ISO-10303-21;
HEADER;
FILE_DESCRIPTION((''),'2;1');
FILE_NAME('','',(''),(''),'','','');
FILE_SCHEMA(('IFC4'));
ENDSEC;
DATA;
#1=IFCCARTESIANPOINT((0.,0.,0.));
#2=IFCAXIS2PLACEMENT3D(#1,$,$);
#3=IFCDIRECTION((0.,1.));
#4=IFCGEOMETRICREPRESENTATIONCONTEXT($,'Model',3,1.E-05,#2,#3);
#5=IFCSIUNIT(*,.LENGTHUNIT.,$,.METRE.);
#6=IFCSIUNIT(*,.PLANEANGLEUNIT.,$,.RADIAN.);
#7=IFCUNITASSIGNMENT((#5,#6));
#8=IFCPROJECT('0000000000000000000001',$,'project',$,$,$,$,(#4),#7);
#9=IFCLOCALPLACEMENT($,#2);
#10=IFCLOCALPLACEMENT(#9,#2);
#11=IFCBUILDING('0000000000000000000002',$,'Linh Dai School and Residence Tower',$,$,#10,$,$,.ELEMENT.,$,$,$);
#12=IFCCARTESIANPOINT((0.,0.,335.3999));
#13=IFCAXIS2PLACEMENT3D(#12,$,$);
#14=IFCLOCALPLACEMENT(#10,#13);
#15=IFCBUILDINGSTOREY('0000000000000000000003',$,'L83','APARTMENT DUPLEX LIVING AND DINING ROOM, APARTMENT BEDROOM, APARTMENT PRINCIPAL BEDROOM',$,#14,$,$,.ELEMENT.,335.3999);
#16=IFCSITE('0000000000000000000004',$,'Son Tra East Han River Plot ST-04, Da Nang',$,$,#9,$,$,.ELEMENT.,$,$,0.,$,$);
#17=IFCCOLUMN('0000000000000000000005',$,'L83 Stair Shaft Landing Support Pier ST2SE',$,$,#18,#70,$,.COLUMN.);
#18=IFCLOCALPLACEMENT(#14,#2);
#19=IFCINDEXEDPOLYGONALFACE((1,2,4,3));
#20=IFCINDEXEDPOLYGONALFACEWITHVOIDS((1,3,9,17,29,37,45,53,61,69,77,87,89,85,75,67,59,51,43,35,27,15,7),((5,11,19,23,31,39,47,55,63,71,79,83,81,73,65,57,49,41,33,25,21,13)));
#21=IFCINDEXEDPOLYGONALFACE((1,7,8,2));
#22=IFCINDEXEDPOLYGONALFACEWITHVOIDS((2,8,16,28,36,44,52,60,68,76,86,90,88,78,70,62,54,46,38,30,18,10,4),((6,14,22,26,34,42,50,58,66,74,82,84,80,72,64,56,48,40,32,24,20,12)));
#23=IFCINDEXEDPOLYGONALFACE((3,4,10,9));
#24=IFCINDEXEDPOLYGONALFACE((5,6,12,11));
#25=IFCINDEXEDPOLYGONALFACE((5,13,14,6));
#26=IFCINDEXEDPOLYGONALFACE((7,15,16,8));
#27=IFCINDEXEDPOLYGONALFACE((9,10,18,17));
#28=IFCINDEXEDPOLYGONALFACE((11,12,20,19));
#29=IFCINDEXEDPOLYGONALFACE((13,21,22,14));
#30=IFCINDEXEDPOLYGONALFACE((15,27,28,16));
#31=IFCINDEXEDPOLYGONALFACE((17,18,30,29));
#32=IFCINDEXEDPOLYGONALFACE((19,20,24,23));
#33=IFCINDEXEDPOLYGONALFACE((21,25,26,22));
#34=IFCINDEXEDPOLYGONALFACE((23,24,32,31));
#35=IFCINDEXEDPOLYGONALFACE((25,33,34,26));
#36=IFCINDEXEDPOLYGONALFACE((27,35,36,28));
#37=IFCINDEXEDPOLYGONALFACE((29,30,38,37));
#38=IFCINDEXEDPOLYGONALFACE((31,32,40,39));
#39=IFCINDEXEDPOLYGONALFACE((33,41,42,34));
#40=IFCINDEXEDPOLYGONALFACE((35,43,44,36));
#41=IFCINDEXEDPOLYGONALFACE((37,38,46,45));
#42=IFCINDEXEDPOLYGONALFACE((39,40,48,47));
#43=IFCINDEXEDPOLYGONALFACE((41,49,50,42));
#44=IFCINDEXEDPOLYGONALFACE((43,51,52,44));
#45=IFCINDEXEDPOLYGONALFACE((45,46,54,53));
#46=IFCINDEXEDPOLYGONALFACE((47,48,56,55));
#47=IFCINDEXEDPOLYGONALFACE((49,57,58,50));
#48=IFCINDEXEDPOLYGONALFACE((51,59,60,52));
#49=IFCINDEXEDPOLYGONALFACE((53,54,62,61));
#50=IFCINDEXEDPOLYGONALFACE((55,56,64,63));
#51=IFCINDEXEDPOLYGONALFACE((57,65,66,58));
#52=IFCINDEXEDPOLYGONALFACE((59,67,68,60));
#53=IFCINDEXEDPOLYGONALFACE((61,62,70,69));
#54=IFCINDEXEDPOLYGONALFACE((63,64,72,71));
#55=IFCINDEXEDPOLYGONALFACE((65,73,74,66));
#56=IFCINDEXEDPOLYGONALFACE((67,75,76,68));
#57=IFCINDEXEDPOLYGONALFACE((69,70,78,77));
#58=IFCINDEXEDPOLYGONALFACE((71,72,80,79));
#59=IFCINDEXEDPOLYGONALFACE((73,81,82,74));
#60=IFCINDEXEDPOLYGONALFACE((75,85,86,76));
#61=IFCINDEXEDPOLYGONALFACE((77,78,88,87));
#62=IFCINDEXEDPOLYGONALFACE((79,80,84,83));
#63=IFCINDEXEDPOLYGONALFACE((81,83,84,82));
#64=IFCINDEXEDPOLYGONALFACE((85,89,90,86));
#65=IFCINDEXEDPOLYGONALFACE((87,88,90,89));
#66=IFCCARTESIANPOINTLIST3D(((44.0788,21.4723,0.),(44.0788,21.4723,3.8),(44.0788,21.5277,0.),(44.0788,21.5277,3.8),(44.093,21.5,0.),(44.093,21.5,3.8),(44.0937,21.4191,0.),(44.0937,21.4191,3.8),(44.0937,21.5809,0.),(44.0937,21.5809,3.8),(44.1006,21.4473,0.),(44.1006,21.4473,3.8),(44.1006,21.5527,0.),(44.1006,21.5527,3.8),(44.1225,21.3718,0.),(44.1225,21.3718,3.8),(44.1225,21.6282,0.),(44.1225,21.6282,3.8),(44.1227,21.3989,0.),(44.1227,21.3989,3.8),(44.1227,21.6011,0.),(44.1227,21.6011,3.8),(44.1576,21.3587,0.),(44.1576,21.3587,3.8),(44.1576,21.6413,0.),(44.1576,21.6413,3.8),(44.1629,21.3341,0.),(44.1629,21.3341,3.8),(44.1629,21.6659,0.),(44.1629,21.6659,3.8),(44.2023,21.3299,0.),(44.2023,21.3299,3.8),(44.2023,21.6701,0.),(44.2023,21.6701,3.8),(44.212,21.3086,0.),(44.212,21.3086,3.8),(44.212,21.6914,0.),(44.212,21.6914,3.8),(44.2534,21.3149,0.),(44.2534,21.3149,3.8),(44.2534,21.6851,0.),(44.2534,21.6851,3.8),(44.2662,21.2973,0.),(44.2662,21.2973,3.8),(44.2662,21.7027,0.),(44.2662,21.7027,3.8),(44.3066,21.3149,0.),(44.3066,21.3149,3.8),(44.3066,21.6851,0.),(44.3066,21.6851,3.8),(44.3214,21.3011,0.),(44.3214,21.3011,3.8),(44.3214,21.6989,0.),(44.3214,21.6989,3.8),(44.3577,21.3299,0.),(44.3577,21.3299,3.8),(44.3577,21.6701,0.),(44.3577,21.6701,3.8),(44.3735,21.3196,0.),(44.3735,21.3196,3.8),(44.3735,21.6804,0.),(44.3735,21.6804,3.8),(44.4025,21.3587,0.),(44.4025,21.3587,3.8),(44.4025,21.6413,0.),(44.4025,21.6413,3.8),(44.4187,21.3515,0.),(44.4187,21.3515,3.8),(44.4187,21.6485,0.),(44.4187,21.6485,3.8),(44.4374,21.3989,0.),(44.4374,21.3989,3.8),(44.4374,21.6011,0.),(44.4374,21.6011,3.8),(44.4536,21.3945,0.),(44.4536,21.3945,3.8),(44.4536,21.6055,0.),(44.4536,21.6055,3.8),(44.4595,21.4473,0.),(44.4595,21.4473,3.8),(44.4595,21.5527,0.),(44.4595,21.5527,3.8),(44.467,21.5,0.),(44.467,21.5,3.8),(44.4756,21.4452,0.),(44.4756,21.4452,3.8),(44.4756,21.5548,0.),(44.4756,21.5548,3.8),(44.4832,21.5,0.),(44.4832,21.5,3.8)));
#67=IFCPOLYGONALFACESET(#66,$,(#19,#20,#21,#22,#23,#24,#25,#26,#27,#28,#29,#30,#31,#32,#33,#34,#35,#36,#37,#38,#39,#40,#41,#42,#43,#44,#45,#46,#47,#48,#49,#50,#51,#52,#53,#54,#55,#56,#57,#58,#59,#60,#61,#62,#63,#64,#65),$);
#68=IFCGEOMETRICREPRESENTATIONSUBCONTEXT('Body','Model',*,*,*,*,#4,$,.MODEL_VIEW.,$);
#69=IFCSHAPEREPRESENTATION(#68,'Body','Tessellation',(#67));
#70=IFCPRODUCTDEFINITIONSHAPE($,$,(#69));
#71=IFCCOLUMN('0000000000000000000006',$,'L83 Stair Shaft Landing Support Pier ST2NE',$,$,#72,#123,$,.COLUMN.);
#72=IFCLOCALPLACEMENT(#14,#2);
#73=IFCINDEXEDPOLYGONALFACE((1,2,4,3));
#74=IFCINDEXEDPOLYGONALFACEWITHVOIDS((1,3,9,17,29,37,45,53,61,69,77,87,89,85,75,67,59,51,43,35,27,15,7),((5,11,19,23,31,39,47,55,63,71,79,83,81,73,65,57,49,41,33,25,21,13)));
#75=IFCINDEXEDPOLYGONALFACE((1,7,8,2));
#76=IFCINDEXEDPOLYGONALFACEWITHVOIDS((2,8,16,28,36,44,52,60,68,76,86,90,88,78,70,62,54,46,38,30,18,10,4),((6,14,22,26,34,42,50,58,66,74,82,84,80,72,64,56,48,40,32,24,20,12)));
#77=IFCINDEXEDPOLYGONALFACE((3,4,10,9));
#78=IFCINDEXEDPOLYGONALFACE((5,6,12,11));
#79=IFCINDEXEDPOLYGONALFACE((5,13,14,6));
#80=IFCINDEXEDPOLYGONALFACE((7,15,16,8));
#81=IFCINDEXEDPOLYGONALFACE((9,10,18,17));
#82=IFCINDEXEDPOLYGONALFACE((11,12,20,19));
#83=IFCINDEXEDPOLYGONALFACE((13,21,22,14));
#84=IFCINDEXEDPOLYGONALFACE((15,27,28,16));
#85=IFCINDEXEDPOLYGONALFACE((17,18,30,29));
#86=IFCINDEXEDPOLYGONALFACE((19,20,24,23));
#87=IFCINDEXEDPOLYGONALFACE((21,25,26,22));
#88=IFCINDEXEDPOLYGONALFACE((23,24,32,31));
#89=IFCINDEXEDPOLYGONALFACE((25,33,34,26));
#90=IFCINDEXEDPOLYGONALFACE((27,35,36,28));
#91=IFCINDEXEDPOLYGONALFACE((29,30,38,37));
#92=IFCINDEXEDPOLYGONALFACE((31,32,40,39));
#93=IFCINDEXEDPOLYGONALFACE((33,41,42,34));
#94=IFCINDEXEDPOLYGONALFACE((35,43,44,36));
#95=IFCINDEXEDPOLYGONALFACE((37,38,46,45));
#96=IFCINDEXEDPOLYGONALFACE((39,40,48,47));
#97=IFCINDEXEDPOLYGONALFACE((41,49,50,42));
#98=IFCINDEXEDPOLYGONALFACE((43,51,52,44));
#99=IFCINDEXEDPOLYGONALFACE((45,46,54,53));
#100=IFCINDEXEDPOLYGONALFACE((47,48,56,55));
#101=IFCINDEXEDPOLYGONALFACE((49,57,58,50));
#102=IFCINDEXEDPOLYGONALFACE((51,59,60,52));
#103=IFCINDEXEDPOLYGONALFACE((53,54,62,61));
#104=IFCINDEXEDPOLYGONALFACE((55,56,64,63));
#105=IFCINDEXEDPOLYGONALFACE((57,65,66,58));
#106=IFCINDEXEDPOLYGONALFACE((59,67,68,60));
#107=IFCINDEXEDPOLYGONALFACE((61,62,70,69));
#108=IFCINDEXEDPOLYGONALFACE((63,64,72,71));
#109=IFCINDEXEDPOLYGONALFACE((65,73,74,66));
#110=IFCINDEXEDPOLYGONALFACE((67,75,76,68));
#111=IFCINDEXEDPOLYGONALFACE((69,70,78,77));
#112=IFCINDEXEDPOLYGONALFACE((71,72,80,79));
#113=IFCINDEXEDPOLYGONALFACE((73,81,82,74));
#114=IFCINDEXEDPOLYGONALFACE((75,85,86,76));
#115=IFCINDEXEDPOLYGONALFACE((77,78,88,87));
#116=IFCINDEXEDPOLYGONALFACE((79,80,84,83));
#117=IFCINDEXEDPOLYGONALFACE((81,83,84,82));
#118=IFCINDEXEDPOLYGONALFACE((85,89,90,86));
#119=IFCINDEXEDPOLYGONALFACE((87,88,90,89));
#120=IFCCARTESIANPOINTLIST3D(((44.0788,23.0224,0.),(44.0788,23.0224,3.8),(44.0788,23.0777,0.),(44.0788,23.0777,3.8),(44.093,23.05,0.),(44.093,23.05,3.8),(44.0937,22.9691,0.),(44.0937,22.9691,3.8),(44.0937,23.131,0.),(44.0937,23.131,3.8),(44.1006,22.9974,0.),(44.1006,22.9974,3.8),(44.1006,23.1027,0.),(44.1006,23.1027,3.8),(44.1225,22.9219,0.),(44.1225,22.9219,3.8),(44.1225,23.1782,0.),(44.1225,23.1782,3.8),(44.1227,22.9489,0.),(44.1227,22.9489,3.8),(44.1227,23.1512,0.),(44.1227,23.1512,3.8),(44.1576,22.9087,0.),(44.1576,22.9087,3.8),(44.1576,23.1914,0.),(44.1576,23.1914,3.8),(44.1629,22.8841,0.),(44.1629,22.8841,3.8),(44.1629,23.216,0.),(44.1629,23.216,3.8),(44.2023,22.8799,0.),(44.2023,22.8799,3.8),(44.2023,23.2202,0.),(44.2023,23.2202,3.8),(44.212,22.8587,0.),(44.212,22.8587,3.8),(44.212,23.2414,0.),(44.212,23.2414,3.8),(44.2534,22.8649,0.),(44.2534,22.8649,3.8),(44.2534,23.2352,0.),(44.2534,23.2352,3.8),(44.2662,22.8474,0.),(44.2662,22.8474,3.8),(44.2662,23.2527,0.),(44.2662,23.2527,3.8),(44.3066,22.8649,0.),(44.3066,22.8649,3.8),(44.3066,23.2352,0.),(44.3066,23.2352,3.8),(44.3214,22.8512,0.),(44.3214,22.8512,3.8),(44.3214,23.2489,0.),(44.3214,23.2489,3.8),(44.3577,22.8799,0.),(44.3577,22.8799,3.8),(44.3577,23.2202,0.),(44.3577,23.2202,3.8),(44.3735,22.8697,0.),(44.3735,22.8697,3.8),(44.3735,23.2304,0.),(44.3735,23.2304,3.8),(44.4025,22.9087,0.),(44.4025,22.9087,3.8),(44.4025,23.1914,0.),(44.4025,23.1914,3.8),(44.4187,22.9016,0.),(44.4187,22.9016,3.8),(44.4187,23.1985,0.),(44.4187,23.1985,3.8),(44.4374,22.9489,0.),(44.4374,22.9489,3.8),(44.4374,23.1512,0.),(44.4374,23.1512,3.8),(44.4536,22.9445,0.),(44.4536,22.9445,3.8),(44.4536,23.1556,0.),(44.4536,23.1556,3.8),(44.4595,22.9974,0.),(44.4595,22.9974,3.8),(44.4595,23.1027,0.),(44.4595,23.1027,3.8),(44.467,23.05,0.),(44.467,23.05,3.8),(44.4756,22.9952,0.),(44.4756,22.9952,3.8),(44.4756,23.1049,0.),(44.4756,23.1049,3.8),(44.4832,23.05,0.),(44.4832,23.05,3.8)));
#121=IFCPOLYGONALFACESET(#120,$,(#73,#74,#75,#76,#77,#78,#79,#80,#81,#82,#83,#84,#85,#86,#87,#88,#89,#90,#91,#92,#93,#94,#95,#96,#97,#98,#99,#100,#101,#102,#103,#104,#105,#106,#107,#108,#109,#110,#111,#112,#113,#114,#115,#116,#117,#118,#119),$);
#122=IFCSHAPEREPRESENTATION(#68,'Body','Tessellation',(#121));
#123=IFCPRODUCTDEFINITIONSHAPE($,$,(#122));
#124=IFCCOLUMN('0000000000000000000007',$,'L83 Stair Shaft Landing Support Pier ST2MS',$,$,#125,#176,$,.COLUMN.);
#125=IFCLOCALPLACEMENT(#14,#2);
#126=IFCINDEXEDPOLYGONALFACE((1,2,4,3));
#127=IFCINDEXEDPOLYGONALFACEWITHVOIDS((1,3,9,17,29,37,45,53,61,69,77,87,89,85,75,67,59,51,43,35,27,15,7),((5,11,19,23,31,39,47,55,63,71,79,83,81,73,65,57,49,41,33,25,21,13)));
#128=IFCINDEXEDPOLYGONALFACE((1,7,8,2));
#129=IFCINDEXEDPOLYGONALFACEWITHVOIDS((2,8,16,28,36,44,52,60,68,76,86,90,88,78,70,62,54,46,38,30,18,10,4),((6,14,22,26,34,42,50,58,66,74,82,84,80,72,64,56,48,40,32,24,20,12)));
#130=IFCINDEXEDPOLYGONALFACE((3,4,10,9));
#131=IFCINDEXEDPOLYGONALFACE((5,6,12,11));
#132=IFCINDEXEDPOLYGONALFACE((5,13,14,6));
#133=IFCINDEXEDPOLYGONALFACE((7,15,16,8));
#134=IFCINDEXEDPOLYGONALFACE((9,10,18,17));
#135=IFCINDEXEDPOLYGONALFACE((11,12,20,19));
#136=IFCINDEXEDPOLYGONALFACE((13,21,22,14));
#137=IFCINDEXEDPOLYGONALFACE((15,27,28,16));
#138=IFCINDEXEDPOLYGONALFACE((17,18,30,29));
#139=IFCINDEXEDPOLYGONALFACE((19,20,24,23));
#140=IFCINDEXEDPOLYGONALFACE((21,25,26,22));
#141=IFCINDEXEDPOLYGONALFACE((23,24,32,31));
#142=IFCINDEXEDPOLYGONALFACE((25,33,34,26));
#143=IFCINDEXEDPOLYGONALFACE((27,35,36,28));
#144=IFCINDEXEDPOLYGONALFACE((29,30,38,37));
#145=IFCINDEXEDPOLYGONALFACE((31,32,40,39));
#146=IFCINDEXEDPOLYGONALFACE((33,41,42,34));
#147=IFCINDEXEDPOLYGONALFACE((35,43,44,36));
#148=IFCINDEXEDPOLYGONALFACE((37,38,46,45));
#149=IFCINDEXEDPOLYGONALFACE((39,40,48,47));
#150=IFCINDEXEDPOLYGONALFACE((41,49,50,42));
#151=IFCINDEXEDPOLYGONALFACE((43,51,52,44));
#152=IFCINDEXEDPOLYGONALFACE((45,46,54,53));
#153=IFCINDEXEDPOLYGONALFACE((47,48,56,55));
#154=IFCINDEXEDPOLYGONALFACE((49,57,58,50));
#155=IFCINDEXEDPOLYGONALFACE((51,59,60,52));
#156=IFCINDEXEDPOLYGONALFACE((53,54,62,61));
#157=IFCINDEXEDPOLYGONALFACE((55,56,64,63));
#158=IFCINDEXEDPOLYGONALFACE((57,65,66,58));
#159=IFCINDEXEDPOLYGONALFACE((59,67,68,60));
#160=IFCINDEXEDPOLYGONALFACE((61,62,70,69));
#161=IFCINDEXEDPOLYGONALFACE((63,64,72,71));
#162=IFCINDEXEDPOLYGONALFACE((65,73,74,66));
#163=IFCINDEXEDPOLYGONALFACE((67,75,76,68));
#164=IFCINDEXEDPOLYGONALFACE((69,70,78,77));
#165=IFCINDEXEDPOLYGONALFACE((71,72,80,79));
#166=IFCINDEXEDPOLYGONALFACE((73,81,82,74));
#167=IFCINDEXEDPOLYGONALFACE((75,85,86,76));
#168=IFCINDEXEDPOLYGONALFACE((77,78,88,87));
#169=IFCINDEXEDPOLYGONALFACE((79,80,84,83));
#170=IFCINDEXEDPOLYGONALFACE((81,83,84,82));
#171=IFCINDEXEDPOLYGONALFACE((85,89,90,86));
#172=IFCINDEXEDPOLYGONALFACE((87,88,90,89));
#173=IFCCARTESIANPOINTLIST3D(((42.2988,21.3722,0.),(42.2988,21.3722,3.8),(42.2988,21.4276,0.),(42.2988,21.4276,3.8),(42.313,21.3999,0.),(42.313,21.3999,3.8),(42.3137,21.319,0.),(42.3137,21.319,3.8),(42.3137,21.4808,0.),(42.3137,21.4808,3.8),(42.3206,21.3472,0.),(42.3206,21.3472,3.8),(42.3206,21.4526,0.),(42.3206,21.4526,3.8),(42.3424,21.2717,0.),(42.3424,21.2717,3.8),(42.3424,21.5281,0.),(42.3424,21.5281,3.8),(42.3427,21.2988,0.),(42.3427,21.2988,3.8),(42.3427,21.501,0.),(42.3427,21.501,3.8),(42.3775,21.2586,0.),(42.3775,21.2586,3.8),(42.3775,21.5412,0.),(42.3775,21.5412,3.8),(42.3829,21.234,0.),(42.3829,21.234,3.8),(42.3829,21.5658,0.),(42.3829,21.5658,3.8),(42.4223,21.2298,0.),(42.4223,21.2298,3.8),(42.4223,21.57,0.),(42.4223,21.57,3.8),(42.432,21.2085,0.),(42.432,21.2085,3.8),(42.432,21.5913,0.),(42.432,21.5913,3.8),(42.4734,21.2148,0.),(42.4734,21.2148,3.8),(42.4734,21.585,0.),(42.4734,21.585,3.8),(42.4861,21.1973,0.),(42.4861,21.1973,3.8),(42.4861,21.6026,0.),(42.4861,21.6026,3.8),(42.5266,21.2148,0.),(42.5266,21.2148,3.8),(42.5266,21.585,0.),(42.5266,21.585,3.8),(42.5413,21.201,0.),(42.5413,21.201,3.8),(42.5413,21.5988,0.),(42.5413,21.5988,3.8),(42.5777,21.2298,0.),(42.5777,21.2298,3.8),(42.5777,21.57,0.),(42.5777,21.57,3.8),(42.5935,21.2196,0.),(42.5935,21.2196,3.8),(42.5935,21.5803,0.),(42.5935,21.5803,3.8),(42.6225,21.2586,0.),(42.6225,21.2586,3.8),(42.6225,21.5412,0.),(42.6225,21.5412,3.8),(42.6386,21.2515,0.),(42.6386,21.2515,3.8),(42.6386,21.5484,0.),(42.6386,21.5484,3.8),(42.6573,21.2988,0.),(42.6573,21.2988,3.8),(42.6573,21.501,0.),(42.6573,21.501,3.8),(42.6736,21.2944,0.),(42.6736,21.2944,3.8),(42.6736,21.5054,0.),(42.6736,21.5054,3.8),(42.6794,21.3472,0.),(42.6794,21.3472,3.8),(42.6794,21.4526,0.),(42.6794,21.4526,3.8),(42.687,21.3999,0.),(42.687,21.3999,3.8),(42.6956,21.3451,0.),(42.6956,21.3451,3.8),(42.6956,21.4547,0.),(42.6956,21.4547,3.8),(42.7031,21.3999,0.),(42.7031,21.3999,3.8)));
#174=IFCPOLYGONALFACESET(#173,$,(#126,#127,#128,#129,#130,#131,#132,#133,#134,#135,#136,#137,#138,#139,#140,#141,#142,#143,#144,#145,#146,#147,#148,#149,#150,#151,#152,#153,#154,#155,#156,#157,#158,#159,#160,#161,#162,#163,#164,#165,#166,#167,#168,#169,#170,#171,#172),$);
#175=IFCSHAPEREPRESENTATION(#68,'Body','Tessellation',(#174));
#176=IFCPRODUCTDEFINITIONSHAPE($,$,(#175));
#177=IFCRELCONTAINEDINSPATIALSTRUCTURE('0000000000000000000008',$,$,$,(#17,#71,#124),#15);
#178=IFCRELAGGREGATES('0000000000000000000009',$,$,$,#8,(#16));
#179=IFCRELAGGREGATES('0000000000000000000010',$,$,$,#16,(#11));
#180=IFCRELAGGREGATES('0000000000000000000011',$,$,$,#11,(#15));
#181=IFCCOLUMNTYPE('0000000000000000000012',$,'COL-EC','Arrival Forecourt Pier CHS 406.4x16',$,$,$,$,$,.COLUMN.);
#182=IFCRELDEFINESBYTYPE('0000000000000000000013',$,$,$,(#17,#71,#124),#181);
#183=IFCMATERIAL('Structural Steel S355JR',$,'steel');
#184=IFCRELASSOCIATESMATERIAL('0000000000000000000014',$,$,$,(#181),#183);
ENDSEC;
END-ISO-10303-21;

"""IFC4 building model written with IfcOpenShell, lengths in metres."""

from ifc_helpers import new_model, si_unit, direction, frame, origin, origin_2d, place, context, subcontext, project, spatial, hollow_circle, extrude, material, material_profile, profile_set, type_object, element, save


model = new_model("IFC4")

# Units and contexts
model_context = context("Model", 3, precision=1e-05, world=origin(), true_north=direction((0.0, 1.0)))
body_context = subcontext(model_context, "Body", "Model", "MODEL_VIEW")
ifc_project = project(units=[si_unit("LENGTHUNIT", "METRE"), si_unit("PLANEANGLEUNIT", "RADIAN")], contexts=[model_context])

# Site, building, storey
site_placement = place(None, origin())
site = spatial("IfcSite", under=ifc_project, at=site_placement, Name="Son Tra East Han River Plot ST-04, Da Nang", CompositionType="ELEMENT", RefElevation=0.0)
building_placement = place(site_placement, origin())
building = spatial("IfcBuilding", under=site, at=building_placement, Name="Linh Dai School and Residence Tower", CompositionType="ELEMENT")
storey_placement = place(building_placement, frame((0.0, 0.0, 335.3999)))
storey = spatial("IfcBuildingStorey", under=building, at=storey_placement, Name="L83", Description="APARTMENT DUPLEX LIVING AND DINING ROOM, APARTMENT BEDROOM, APARTMENT PRINCIPAL BEDROOM", CompositionType="ELEMENT", Elevation=335.3999)

# Columns
ifc_material_1 = material(Name="Structural Steel S355JR", Category="steel")
ifc_material_profile_1 = material_profile(ifc_material_1, hollow_circle(Radius=0.2031, WallThickness=0.0161, at=origin_2d()), Name="CHS 406.4x16")
ifc_profile_set_1 = profile_set([ifc_material_profile_1], Name="Structural Steel S355JR")
column_type_1 = type_object("IfcColumnType", Name="COL-EC", Description="Arrival Forecourt Pier CHS 406.4x16", PredefinedType="COLUMN", material=ifc_profile_set_1)
for number, where, z_axis, x_axis, name in (
    (1, (44.28, 21.5, 0.0), (0.0, 0.0, 1.0), (1.0, 0.0, 0.0), "L83 Stair Shaft Landing Support Pier ST2SE"),
    (2, (44.28, 23.05, 0.0), (0.0, 0.0, 1.0), (1.0, 0.0, 0.0), "L83 Stair Shaft Landing Support Pier ST2NE"),
    (3, (42.5, 21.3999, 0.0), (0.0, 0.0, 1.0), (1.0, 0.0, 0.0), "L83 Stair Shaft Landing Support Pier ST2MS"),
):
    element("IfcColumn", number, at=place(storey_placement, frame(where, z_axis=z_axis, x_axis=x_axis)), inside=storey, type_object=column_type_1, Name=name, PredefinedType="COLUMN", context=body_context, shape_type="SweptSolid", body=[
        extrude(hollow_circle(Radius=0.2031, WallThickness=0.0161, at=origin_2d()), origin(), (0.0, 0.0, 1.0), 3.8),
    ])

save(model, "model.ifc")
